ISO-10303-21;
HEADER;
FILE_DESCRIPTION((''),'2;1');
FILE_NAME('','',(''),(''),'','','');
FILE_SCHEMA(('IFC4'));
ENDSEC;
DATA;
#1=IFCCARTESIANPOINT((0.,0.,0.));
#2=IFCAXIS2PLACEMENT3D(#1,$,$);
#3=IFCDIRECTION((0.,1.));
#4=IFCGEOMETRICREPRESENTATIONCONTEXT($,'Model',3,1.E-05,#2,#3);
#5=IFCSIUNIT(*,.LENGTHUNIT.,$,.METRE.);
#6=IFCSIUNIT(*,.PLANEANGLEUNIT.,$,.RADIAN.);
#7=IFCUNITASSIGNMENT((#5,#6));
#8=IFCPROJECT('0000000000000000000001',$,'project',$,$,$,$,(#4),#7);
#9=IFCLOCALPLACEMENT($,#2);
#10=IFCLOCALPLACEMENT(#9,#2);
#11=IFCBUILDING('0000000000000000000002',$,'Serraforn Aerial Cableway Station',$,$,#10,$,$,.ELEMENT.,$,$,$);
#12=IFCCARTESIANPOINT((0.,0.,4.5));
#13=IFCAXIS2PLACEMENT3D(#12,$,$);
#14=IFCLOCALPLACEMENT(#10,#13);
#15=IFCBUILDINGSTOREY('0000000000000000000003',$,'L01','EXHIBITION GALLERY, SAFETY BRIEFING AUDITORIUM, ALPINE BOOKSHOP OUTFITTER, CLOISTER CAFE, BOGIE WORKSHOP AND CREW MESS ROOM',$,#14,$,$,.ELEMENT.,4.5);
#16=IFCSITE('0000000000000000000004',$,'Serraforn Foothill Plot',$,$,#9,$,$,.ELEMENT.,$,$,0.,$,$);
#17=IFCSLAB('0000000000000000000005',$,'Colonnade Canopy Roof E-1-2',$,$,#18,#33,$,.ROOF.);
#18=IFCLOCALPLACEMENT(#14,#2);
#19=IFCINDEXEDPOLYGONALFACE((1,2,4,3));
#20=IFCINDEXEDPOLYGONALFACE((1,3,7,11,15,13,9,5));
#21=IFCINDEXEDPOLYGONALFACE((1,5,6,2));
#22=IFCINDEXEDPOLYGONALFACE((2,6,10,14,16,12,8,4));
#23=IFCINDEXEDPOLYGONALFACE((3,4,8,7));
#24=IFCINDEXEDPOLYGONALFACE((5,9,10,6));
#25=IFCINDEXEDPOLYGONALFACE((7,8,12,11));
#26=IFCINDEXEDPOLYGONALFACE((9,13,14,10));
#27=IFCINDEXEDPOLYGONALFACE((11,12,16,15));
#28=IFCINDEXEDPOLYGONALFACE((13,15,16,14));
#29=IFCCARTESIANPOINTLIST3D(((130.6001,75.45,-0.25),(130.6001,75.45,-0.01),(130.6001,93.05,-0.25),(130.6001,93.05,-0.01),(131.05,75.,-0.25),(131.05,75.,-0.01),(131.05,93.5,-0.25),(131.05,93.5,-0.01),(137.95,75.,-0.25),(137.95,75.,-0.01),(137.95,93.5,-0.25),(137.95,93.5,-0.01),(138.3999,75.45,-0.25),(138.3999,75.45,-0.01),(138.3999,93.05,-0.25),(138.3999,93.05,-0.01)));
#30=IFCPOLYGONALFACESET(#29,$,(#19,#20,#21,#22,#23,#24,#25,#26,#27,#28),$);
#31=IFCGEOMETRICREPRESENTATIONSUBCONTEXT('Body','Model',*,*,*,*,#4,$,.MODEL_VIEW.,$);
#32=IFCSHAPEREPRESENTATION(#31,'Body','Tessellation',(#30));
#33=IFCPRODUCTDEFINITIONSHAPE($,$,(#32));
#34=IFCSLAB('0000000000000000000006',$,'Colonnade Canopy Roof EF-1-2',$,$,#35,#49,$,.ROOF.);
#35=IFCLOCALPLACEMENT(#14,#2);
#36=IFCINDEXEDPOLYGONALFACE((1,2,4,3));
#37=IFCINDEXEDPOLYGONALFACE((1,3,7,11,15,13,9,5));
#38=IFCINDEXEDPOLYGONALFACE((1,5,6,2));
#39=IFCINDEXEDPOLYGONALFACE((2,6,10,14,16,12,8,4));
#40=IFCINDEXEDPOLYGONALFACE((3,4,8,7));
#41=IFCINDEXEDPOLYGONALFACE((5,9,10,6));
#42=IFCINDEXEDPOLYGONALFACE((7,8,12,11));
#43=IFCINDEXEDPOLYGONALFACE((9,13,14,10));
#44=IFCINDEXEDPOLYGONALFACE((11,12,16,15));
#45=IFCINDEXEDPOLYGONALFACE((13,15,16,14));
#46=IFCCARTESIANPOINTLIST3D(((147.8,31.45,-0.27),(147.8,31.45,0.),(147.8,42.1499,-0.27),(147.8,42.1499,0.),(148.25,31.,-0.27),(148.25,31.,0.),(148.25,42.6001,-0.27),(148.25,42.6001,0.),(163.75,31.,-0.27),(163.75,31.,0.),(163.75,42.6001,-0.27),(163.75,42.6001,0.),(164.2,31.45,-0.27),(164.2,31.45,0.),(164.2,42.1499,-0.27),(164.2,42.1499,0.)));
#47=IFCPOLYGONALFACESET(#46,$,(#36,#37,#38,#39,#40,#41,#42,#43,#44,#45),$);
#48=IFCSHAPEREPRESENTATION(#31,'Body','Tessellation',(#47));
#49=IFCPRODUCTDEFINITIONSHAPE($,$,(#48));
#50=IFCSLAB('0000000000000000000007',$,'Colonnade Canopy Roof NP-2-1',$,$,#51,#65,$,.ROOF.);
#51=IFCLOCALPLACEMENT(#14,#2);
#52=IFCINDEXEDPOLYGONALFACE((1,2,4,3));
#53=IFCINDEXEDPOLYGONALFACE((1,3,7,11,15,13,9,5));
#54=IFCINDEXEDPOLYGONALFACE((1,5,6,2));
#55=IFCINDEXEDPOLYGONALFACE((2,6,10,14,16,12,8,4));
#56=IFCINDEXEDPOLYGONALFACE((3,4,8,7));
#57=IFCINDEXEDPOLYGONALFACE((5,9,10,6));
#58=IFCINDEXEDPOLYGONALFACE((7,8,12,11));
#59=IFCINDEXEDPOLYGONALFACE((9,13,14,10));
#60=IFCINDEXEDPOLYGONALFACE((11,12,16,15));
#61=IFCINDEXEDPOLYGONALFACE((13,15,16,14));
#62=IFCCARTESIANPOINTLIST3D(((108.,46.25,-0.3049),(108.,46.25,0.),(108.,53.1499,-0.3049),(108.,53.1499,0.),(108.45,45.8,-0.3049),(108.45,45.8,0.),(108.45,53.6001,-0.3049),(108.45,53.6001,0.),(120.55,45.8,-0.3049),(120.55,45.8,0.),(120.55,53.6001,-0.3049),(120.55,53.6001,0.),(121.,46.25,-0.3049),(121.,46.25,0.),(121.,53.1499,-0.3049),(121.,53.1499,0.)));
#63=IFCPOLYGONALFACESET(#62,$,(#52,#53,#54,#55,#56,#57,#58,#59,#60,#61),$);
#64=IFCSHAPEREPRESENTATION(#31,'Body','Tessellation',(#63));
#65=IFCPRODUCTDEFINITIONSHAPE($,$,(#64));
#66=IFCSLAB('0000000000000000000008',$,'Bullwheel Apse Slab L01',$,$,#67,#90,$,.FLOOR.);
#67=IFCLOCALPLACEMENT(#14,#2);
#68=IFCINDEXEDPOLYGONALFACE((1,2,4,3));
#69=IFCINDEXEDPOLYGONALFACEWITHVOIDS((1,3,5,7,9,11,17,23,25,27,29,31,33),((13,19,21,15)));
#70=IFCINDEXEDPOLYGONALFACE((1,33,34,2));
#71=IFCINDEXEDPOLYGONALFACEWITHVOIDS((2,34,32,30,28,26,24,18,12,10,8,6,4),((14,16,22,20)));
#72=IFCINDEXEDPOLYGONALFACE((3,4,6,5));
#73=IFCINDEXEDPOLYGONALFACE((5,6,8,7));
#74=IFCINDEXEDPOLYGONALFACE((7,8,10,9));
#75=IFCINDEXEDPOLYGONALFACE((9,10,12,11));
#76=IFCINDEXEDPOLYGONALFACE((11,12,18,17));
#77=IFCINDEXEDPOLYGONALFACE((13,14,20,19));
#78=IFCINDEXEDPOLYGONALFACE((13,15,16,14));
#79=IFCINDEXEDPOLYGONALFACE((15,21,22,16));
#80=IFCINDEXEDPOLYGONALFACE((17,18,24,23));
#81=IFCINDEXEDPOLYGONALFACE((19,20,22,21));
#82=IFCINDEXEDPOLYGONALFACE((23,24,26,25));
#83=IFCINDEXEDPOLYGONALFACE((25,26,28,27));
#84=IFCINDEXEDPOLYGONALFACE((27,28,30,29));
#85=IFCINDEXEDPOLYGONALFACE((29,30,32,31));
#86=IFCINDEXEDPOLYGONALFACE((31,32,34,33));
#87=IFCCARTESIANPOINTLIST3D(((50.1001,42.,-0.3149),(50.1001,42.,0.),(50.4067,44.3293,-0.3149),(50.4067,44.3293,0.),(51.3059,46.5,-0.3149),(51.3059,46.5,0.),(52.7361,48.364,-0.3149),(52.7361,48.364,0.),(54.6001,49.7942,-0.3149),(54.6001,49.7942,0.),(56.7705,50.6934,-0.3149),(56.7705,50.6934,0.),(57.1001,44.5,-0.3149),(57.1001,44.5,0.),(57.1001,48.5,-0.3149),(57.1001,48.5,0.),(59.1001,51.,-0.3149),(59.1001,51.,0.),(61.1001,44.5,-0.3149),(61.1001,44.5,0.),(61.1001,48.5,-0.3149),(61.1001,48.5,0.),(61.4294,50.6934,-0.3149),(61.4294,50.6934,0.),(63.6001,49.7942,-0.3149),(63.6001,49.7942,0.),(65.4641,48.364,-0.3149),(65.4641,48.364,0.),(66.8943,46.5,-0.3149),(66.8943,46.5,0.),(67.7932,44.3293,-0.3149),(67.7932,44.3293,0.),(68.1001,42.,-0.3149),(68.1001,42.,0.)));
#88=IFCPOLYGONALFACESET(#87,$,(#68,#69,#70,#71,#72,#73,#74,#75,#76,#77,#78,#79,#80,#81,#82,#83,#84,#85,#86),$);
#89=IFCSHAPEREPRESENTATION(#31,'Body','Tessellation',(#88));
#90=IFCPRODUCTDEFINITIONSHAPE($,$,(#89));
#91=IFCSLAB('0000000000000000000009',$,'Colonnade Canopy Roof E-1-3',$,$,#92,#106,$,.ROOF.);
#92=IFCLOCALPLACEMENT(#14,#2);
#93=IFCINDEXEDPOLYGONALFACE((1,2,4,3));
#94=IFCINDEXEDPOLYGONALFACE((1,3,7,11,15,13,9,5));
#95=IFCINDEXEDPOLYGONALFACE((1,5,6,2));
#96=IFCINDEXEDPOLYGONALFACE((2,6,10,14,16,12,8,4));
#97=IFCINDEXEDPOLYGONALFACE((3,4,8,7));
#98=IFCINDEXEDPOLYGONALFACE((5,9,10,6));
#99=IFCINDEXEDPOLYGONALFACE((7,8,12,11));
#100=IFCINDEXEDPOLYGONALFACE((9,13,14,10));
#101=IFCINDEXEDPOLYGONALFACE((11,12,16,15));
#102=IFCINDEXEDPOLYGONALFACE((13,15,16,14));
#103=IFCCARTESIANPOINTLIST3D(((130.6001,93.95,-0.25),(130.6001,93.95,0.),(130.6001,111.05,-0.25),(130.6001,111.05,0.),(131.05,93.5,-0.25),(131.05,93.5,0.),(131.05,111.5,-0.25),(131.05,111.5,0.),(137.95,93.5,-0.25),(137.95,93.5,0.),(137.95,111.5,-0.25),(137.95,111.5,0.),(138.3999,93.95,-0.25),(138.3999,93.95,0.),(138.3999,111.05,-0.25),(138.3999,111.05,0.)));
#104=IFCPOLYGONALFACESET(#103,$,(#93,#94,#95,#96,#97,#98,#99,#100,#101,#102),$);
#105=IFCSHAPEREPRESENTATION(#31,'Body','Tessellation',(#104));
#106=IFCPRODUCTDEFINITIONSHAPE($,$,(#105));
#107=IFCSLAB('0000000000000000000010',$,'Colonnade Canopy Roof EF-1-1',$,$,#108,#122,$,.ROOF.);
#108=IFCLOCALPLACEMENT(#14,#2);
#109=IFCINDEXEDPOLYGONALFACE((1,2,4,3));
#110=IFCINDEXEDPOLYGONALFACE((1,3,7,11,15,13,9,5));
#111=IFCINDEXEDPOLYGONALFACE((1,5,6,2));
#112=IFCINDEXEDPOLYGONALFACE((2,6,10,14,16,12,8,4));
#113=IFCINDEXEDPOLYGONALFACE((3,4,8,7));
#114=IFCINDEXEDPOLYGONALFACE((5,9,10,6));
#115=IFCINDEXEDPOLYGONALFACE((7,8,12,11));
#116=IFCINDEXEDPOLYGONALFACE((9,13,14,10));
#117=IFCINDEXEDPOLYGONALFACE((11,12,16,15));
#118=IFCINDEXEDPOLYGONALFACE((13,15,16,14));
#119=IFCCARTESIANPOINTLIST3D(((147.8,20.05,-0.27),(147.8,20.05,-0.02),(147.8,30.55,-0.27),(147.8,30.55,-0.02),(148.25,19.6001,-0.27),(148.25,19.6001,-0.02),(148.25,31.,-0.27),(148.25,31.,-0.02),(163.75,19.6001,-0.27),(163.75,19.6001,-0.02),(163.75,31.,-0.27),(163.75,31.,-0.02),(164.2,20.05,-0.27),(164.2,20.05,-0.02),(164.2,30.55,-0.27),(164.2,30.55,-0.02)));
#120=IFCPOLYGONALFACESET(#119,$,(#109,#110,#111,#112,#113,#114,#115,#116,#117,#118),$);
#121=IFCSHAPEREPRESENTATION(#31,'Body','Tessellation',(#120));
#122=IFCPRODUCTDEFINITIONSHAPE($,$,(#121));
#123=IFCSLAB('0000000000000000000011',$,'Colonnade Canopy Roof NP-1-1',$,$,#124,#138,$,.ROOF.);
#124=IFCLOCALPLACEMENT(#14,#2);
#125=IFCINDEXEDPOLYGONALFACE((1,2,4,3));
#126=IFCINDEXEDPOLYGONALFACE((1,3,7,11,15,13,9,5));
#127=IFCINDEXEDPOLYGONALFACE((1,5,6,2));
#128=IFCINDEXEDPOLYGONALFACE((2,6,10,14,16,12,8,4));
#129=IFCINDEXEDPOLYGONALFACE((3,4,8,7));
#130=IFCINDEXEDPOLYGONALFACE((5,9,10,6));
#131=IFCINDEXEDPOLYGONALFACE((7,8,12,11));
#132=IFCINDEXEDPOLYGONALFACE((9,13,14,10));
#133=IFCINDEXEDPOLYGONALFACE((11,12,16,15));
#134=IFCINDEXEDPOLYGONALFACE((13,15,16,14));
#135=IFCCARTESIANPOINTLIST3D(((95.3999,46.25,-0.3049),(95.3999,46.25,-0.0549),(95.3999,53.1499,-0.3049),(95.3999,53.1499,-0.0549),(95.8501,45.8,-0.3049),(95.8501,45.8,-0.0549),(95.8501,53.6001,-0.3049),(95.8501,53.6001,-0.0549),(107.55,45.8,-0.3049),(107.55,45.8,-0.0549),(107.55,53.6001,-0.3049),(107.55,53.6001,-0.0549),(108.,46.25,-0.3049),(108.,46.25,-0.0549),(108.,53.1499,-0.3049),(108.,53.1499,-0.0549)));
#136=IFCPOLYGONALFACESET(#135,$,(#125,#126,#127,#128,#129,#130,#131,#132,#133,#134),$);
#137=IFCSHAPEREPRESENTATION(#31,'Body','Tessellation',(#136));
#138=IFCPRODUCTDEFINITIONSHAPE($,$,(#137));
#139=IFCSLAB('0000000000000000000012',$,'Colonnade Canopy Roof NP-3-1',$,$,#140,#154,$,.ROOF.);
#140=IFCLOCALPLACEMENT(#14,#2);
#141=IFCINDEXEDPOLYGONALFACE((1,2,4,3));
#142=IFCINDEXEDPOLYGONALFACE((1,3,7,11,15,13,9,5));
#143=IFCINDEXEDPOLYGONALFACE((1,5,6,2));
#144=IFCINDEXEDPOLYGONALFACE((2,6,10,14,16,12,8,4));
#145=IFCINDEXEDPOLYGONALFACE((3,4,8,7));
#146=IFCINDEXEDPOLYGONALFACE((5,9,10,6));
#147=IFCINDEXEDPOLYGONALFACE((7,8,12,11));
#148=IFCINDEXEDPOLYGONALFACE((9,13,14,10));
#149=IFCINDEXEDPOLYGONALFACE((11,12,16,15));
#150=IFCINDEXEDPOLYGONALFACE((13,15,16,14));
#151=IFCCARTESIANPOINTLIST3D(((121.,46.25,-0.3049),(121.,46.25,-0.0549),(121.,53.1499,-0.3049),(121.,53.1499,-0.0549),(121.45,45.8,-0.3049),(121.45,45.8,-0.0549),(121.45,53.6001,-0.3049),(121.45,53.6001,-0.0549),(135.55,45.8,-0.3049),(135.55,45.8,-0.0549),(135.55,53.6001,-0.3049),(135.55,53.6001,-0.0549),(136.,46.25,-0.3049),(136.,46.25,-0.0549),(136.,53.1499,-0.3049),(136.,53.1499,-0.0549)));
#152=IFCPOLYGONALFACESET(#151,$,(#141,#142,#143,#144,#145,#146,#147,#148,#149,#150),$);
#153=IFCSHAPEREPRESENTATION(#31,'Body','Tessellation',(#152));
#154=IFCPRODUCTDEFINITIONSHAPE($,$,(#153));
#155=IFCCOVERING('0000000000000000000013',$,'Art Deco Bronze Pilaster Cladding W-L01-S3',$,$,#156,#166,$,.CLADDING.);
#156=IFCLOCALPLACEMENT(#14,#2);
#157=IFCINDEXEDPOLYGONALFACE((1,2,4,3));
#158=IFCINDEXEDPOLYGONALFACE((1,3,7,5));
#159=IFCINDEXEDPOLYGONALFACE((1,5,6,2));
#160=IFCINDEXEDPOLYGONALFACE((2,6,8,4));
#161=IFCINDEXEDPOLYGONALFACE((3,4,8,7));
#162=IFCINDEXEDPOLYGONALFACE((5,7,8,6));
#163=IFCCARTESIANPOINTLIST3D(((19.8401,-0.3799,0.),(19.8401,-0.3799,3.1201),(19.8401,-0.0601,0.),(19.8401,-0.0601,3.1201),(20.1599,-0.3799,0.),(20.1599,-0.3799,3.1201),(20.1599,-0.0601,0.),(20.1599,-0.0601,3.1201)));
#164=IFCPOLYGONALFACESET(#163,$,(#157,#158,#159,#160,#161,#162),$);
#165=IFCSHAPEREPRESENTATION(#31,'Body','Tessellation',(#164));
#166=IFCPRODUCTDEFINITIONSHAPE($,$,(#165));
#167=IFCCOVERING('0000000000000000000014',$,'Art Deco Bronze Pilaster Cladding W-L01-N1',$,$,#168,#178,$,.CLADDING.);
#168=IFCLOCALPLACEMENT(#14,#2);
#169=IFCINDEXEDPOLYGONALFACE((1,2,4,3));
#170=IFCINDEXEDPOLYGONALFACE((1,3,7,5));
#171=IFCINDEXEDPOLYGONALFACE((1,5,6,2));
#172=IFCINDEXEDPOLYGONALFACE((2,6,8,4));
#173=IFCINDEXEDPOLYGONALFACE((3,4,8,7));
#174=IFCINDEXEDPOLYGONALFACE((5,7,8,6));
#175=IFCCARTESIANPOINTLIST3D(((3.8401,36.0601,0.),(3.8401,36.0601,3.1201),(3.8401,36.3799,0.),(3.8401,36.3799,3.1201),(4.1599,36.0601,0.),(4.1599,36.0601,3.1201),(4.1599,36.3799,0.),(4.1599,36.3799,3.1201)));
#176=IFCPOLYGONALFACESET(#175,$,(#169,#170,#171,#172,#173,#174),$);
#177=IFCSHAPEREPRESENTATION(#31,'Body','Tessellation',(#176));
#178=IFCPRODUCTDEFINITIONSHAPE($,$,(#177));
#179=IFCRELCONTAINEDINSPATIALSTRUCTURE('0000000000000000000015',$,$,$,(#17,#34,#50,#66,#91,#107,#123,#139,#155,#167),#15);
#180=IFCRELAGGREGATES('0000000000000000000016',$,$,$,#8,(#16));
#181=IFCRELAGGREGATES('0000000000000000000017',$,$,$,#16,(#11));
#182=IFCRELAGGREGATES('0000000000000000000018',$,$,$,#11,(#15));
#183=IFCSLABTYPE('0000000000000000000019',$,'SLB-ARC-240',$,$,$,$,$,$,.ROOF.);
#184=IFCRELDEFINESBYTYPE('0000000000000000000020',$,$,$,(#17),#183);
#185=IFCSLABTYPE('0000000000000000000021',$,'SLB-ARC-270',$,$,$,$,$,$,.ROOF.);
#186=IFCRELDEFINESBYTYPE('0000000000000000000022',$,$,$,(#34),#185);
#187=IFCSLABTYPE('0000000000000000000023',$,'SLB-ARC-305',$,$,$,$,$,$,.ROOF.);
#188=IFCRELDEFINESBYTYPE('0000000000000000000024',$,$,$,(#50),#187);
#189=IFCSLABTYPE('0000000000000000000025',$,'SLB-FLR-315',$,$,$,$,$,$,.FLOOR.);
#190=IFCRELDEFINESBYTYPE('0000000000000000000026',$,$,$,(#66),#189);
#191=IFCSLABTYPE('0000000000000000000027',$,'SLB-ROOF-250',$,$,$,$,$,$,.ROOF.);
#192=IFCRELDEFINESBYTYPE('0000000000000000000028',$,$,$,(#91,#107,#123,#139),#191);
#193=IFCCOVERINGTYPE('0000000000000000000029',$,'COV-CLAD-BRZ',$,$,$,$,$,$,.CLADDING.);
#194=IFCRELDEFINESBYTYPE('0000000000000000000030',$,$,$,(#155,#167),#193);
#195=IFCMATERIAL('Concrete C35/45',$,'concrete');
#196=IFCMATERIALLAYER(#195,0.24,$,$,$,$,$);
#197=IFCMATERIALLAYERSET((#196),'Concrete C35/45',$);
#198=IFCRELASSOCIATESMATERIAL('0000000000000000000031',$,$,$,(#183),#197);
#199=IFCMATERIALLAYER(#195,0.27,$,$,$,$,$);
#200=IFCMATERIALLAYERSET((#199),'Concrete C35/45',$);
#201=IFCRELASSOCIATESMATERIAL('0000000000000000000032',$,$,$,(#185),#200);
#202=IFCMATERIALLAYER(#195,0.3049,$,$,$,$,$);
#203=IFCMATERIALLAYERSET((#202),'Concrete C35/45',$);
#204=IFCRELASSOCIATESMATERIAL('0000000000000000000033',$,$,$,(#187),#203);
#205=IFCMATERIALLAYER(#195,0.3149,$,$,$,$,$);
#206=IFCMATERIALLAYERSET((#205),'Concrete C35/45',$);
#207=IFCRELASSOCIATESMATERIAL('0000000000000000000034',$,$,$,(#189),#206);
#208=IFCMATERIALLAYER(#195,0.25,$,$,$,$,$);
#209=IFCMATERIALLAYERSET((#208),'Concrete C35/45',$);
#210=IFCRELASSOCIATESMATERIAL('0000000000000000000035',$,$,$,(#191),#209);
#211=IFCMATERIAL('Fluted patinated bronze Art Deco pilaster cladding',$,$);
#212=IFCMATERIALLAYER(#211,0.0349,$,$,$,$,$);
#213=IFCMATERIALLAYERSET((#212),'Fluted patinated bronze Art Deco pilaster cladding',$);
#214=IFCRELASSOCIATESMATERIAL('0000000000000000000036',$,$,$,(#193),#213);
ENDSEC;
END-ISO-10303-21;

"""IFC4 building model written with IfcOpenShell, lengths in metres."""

from ifc_helpers import new_model, si_unit, direction, frame, origin, place, context, subcontext, project, spatial, polyline, outline, extrude, material, layer, layer_set, type_object, element, save


model = new_model("IFC4")

# Units and contexts
model_context = context("Model", 3, precision=1e-05, world=origin(), true_north=direction((0.0, 1.0)))
body_context = subcontext(model_context, "Body", "Model", "MODEL_VIEW")
ifc_project = project(units=[si_unit("LENGTHUNIT", "METRE"), si_unit("PLANEANGLEUNIT", "RADIAN")], contexts=[model_context])

# Site, building, storey
site_placement = place(None, origin())
site = spatial("IfcSite", under=ifc_project, at=site_placement, Name="Serraforn Foothill Plot", CompositionType="ELEMENT", RefElevation=0.0)
building_placement = place(site_placement, origin())
building = spatial("IfcBuilding", under=site, at=building_placement, Name="Serraforn Aerial Cableway Station", CompositionType="ELEMENT")
storey_placement = place(building_placement, frame((0.0, 0.0, 4.5)))
storey = spatial("IfcBuildingStorey", under=building, at=storey_placement, Name="L01", Description="EXHIBITION GALLERY, SAFETY BRIEFING AUDITORIUM, ALPINE BOOKSHOP OUTFITTER, CLOISTER CAFE, BOGIE WORKSHOP AND CREW MESS ROOM", CompositionType="ELEMENT", Elevation=4.5)

# Slabs
ifc_material_1 = material(Name="Concrete C35/45", Category="concrete")
ifc_layer_1 = layer(ifc_material_1, 0.24)
ifc_layer_set_1 = layer_set([ifc_layer_1], Name="Concrete C35/45")
slab_type_1 = type_object("IfcSlabType", Name="SLB-ARC-240", PredefinedType="ROOF", material=ifc_layer_set_1)
slab_1_placement = place(storey_placement, frame((0.0, 0.0, -0.25)))
element("IfcSlab", 1, at=slab_1_placement, inside=storey, type_object=slab_type_1, Name="Colonnade Canopy Roof E-1-2", PredefinedType="ROOF", context=body_context, shape_type="SweptSolid", body=[
    extrude(outline(polyline([(131.05, 75.0), (137.95, 75.0), (138.3999, 75.45), (138.3999, 93.05), (137.95, 93.5), (131.05, 93.5), (130.6001, 93.05), (130.6001, 75.45), (131.05, 75.0)])), origin(), (0.0, 0.0, 1.0), 0.24),
])
ifc_layer_2 = layer(ifc_material_1, 0.27)
ifc_layer_set_2 = layer_set([ifc_layer_2], Name="Concrete C35/45")
slab_type_2 = type_object("IfcSlabType", Name="SLB-ARC-270", PredefinedType="ROOF", material=ifc_layer_set_2)
slab_2_placement = place(storey_placement, frame((0.0, 0.0, -0.27)))
element("IfcSlab", 2, at=slab_2_placement, inside=storey, type_object=slab_type_2, Name="Colonnade Canopy Roof EF-1-2", PredefinedType="ROOF", context=body_context, shape_type="SweptSolid", body=[
    extrude(outline(polyline([(148.25, 31.0), (163.75, 31.0), (164.2, 31.45), (164.2, 42.1499), (163.75, 42.6001), (148.25, 42.6001), (147.8, 42.1499), (147.8, 31.45), (148.25, 31.0)])), origin(), (0.0, 0.0, 1.0), 0.27),
])
ifc_layer_3 = layer(ifc_material_1, 0.3049)
ifc_layer_set_3 = layer_set([ifc_layer_3], Name="Concrete C35/45")
slab_type_3 = type_object("IfcSlabType", Name="SLB-ARC-305", PredefinedType="ROOF", material=ifc_layer_set_3)
slab_3_placement = place(storey_placement, frame((0.0, 0.0, -0.3049)))
element("IfcSlab", 3, at=slab_3_placement, inside=storey, type_object=slab_type_3, Name="Colonnade Canopy Roof NP-2-1", PredefinedType="ROOF", context=body_context, shape_type="SweptSolid", body=[
    extrude(outline(polyline([(108.45, 45.8), (120.55, 45.8), (121.0, 46.25), (121.0, 53.1499), (120.55, 53.6001), (108.45, 53.6001), (108.0, 53.1499), (108.0, 46.25), (108.45, 45.8)])), origin(), (0.0, 0.0, 1.0), 0.3049),
])
ifc_layer_4 = layer(ifc_material_1, 0.3149)
ifc_layer_set_4 = layer_set([ifc_layer_4], Name="Concrete C35/45")
slab_type_4 = type_object("IfcSlabType", Name="SLB-FLR-315", PredefinedType="FLOOR", material=ifc_layer_set_4)
slab_4_placement = place(storey_placement, frame((0.0, 0.0, -0.3149)))
element("IfcSlab", 4, at=slab_4_placement, inside=storey, type_object=slab_type_4, Name="Bullwheel Apse Slab L01", PredefinedType="FLOOR", context=body_context, shape_type="SweptSolid", body=[
    extrude(outline(polyline([(50.1001, 42.0), (50.1001, 42.0), (50.4067, 44.3293), (51.3059, 46.5), (52.7361, 48.364), (54.6001, 49.7942), (56.7705, 50.6934), (59.1001, 51.0), (61.4294, 50.6934), (63.6001, 49.7942), (65.4641, 48.364), (66.8943, 46.5), (67.7932, 44.3293), (68.1001, 42.0), (68.1001, 42.0), (50.1001, 42.0)]), holes=[polyline([(57.1001, 44.5), (61.1001, 44.5), (61.1001, 48.5), (57.1001, 48.5), (57.1001, 44.5)])]), origin(), (0.0, 0.0, 1.0), 0.3149),
])
ifc_layer_5 = layer(ifc_material_1, 0.25)
ifc_layer_set_5 = layer_set([ifc_layer_5], Name="Concrete C35/45")
slab_type_5 = type_object("IfcSlabType", Name="SLB-ROOF-250", PredefinedType="ROOF", material=ifc_layer_set_5)
slab_5_placement = place(storey_placement, frame((0.0, 0.0, -0.25)))
element("IfcSlab", 5, at=slab_5_placement, inside=storey, type_object=slab_type_5, Name="Colonnade Canopy Roof E-1-3", PredefinedType="ROOF", context=body_context, shape_type="SweptSolid", body=[
    extrude(outline(polyline([(131.05, 93.5), (137.95, 93.5), (138.3999, 93.95), (138.3999, 111.05), (137.95, 111.5), (131.05, 111.5), (130.6001, 111.05), (130.6001, 93.95), (131.05, 93.5)])), origin(), (0.0, 0.0, 1.0), 0.25),
])
slab_6_placement = place(storey_placement, frame((0.0, 0.0, -0.27)))
element("IfcSlab", 6, at=slab_6_placement, inside=storey, type_object=slab_type_5, Name="Colonnade Canopy Roof EF-1-1", PredefinedType="ROOF", context=body_context, shape_type="SweptSolid", body=[
    extrude(outline(polyline([(148.25, 19.6001), (163.75, 19.6001), (164.2, 20.05), (164.2, 30.55), (163.75, 31.0), (148.25, 31.0), (147.8, 30.55), (147.8, 20.05), (148.25, 19.6001)])), origin(), (0.0, 0.0, 1.0), 0.25),
])
slab_7_placement = place(storey_placement, frame((0.0, 0.0, -0.3049)))
element("IfcSlab", 7, at=slab_7_placement, inside=storey, type_object=slab_type_5, Name="Colonnade Canopy Roof NP-1-1", PredefinedType="ROOF", context=body_context, shape_type="SweptSolid", body=[
    extrude(outline(polyline([(95.8501, 45.8), (107.55, 45.8), (108.0, 46.25), (108.0, 53.1499), (107.55, 53.6001), (95.8501, 53.6001), (95.3999, 53.1499), (95.3999, 46.25), (95.8501, 45.8)])), origin(), (0.0, 0.0, 1.0), 0.25),
])
slab_8_placement = place(storey_placement, frame((0.0, 0.0, -0.3049)))
element("IfcSlab", 8, at=slab_8_placement, inside=storey, type_object=slab_type_5, Name="Colonnade Canopy Roof NP-3-1", PredefinedType="ROOF", context=body_context, shape_type="SweptSolid", body=[
    extrude(outline(polyline([(121.45, 45.8), (135.55, 45.8), (136.0, 46.25), (136.0, 53.1499), (135.55, 53.6001), (121.45, 53.6001), (121.0, 53.1499), (121.0, 46.25), (121.45, 45.8)])), origin(), (0.0, 0.0, 1.0), 0.25),
])

# Coverings
ifc_material_2 = material(Name="Fluted patinated bronze Art Deco pilaster cladding")
ifc_layer_6 = layer(ifc_material_2, 0.0349)
ifc_layer_set_6 = layer_set([ifc_layer_6], Name="Fluted patinated bronze Art Deco pilaster cladding")
covering_type = type_object("IfcCoveringType", Name="COV-CLAD-BRZ", PredefinedType="CLADDING", material=ifc_layer_set_6)
covering_1_placement = place(storey_placement, origin())
element("IfcCovering", 9, at=covering_1_placement, inside=storey, type_object=covering_type, Name="Art Deco Bronze Pilaster Cladding W-L01-S3", PredefinedType="CLADDING", context=body_context, shape_type="SweptSolid", body=[
    extrude(outline(polyline([(19.8401, -0.3799), (20.1599, -0.3799), (20.1599, -0.0601), (19.8401, -0.0601), (19.8401, -0.3799)])), origin(), (0.0, 0.0, 1.0), 3.1201),
])
covering_2_placement = place(storey_placement, origin())
element("IfcCovering", 10, at=covering_2_placement, inside=storey, type_object=covering_type, Name="Art Deco Bronze Pilaster Cladding W-L01-N1", PredefinedType="CLADDING", context=body_context, shape_type="SweptSolid", body=[
    extrude(outline(polyline([(3.8401, 36.0601), (4.1599, 36.0601), (4.1599, 36.3799), (3.8401, 36.3799), (3.8401, 36.0601)])), origin(), (0.0, 0.0, 1.0), 3.1201),
])

save(model, "model.ifc")
